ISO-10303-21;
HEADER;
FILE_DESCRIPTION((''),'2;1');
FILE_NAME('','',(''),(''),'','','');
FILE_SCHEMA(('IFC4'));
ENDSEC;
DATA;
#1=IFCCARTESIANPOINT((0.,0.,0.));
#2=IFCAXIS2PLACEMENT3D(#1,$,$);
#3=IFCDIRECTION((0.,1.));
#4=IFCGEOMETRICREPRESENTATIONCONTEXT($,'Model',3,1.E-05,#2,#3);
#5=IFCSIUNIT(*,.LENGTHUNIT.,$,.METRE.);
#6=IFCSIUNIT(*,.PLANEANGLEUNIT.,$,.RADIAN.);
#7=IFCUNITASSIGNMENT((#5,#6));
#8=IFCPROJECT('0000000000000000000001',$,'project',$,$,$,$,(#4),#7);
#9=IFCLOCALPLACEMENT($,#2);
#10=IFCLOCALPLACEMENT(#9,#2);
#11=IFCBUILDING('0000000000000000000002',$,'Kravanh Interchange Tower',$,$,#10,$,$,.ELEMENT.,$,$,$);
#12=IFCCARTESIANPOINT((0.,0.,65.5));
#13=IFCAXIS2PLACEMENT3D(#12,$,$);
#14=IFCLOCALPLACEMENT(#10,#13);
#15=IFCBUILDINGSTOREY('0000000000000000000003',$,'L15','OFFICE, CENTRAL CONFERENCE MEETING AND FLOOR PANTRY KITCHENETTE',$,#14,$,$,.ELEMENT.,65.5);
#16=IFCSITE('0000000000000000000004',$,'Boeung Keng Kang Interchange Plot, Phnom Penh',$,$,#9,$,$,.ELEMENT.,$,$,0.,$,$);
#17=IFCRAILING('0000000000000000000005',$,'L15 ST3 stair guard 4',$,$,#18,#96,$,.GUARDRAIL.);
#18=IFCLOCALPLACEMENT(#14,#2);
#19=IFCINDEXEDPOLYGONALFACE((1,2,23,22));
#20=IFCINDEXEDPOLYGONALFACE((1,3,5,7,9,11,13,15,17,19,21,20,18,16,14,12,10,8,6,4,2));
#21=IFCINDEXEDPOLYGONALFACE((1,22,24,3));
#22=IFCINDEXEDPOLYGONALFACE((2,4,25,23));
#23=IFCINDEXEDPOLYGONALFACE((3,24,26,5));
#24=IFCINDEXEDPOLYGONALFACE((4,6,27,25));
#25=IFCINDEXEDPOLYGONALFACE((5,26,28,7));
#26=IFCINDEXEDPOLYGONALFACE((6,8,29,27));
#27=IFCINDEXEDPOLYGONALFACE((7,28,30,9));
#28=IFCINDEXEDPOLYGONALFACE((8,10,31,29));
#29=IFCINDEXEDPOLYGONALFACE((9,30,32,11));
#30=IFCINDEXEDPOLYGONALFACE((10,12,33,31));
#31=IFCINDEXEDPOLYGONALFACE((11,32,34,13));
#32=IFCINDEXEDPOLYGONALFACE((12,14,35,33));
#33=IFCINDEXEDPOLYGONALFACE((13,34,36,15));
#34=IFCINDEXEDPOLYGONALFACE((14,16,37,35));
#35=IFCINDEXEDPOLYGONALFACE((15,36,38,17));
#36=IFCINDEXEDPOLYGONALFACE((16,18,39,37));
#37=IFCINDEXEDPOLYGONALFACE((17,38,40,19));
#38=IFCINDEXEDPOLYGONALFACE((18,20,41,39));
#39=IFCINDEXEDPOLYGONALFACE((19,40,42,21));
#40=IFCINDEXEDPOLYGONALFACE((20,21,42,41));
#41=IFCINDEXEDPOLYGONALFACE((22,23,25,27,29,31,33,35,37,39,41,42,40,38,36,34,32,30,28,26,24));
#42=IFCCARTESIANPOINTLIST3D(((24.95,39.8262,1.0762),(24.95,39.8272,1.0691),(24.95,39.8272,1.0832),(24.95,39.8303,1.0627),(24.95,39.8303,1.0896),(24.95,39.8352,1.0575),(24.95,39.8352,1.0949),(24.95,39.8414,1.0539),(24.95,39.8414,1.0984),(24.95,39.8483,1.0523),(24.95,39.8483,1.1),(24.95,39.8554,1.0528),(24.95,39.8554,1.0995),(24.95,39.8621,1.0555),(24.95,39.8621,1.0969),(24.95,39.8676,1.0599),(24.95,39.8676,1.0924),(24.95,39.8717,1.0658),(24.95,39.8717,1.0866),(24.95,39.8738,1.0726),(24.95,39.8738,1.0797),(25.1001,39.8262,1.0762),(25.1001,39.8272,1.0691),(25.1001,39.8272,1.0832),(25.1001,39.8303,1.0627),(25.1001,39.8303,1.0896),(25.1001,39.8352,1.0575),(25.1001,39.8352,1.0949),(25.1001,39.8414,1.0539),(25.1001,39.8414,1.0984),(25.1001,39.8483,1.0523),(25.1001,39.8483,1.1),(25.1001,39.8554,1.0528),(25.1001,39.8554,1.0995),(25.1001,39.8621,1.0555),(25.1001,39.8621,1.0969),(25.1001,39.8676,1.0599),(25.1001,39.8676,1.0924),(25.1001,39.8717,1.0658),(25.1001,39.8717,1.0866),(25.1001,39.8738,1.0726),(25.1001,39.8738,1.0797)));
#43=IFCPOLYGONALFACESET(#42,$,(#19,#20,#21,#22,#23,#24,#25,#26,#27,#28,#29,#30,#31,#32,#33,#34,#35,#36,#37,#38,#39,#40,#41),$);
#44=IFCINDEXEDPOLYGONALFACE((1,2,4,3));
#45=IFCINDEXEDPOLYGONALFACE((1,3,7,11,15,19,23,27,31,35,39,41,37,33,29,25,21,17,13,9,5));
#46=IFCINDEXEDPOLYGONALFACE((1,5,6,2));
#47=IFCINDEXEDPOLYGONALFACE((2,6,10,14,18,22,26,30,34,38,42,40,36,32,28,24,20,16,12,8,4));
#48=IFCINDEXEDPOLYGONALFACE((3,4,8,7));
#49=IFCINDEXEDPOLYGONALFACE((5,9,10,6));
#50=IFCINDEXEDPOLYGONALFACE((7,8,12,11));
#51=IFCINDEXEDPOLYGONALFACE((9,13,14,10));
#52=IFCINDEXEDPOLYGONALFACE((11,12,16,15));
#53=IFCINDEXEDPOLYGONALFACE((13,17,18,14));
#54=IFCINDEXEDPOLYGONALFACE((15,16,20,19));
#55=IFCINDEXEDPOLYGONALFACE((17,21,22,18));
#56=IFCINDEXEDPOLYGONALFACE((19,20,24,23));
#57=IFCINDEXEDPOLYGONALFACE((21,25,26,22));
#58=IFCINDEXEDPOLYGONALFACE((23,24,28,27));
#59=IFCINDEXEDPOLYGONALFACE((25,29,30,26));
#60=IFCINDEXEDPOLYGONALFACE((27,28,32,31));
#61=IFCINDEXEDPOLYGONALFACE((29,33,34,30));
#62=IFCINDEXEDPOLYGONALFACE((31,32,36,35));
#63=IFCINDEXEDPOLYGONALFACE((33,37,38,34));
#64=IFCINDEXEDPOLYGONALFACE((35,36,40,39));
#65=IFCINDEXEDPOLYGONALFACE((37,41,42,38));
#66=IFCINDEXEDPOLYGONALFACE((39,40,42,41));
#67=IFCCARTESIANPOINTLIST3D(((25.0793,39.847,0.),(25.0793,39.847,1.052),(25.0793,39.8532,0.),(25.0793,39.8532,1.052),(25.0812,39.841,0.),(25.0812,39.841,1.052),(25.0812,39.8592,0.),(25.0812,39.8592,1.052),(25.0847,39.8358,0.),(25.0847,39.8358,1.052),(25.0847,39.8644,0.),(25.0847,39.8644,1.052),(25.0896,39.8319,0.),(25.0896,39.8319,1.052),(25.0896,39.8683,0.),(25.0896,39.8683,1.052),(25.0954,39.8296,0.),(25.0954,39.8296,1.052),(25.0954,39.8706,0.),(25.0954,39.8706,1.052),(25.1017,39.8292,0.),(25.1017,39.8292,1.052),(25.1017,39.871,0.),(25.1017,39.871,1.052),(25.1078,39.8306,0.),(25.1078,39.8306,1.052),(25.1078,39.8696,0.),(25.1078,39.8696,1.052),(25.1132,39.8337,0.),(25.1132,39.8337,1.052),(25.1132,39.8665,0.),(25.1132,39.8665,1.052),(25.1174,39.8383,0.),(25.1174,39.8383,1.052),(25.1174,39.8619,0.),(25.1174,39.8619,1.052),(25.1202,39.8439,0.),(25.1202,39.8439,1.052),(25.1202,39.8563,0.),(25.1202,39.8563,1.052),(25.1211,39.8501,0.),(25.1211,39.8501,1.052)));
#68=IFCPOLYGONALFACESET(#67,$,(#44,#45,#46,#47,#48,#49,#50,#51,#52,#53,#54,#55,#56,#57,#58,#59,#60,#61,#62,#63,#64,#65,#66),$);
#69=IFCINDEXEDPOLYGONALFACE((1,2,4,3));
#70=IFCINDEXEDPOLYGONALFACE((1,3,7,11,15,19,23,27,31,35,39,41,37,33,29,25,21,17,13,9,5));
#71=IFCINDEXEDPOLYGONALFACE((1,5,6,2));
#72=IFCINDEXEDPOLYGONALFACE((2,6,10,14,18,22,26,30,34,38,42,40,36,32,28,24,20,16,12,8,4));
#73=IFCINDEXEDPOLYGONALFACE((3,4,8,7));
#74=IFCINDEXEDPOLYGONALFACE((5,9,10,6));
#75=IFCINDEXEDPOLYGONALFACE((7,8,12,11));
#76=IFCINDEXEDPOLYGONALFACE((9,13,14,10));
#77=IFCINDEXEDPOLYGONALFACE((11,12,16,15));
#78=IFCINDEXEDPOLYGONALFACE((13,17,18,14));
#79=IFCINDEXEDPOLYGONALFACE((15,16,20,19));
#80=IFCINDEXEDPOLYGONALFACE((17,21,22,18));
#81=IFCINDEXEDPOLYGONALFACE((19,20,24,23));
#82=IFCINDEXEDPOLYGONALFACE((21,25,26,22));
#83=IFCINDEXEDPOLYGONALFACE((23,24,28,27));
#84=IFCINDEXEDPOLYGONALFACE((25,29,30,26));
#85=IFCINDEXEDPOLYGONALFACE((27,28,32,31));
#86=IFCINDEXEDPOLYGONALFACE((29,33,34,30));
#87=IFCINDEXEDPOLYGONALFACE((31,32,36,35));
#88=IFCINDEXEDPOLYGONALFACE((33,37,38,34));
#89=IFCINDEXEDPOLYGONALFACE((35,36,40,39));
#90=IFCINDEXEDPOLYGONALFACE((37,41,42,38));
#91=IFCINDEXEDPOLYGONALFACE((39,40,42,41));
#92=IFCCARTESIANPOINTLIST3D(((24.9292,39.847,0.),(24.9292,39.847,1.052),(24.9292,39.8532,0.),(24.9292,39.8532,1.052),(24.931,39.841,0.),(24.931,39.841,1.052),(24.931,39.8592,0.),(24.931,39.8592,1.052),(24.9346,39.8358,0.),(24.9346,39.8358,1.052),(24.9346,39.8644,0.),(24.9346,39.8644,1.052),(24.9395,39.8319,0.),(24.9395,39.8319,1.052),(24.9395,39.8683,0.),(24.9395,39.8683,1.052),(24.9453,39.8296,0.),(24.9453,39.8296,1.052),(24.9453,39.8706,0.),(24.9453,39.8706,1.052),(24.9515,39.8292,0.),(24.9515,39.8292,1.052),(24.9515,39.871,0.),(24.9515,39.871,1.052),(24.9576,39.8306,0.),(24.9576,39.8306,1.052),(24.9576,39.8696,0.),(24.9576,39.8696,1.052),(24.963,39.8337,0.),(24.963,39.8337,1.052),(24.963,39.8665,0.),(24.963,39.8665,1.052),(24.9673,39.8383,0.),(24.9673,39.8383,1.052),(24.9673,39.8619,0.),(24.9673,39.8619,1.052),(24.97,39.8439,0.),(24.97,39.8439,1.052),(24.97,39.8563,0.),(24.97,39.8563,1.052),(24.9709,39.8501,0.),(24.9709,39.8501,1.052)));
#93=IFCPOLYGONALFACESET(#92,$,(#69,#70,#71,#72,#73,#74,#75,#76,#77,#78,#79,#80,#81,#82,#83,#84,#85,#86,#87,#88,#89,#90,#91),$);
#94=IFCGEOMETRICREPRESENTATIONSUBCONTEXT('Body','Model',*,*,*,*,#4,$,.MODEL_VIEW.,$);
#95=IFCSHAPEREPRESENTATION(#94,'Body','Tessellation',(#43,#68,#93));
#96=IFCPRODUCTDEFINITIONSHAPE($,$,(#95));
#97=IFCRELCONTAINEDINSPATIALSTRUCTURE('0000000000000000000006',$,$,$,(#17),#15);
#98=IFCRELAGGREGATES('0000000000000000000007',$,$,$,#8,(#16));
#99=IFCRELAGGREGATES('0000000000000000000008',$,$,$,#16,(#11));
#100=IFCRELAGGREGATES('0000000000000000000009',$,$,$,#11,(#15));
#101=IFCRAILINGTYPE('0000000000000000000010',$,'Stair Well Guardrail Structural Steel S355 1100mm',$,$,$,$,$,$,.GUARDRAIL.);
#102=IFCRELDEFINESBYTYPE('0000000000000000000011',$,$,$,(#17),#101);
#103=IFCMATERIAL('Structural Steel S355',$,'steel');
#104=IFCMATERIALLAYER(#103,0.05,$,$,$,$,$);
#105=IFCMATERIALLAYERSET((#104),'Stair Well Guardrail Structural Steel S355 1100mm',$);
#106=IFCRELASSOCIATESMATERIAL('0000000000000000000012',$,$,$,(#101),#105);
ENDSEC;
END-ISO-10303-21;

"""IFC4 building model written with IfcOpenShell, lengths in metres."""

from ifc_helpers import new_model, si_unit, direction, frame, origin, origin_2d, place, context, subcontext, project, spatial, circle, extrude, material, layer, layer_set, type_object, element, save


model = new_model("IFC4")

# Units and contexts
model_context = context("Model", 3, precision=1e-05, world=origin(), true_north=direction((0.0, 1.0)))
body_context = subcontext(model_context, "Body", "Model", "MODEL_VIEW")
ifc_project = project(units=[si_unit("LENGTHUNIT", "METRE"), si_unit("PLANEANGLEUNIT", "RADIAN")], contexts=[model_context])

# Site, building, storey
site_placement = place(None, origin())
site = spatial("IfcSite", under=ifc_project, at=site_placement, Name="Boeung Keng Kang Interchange Plot, Phnom Penh", CompositionType="ELEMENT", RefElevation=0.0)
building_placement = place(site_placement, origin())
building = spatial("IfcBuilding", under=site, at=building_placement, Name="Kravanh Interchange Tower", CompositionType="ELEMENT")
storey_placement = place(building_placement, frame((0.0, 0.0, 65.5)))
storey = spatial("IfcBuildingStorey", under=building, at=storey_placement, Name="L15", Description="OFFICE, CENTRAL CONFERENCE MEETING AND FLOOR PANTRY KITCHENETTE", CompositionType="ELEMENT", Elevation=65.5)

# Railing
ifc_material_1 = material(Name="Structural Steel S355", Category="steel")
ifc_layer_1 = layer(ifc_material_1, 0.05)
ifc_layer_set_1 = layer_set([ifc_layer_1], Name="Stair Well Guardrail Structural Steel S355 1100mm")
railing_type_1 = type_object("IfcRailingType", Name="Stair Well Guardrail Structural Steel S355 1100mm", PredefinedType="GUARDRAIL", material=ifc_layer_set_1)
railing_1_placement = place(storey_placement, frame((25.1001, 39.8501, 0.0)))
element("IfcRailing", 1, at=railing_1_placement, inside=storey, type_object=railing_type_1, Name="L15 ST3 stair guard 4", PredefinedType="GUARDRAIL", context=body_context, shape_type="SweptSolid", body=[
    extrude(circle(Radius=0.0239, at=origin_2d()), frame((0.0, 0.0, 1.0762), z_axis=(-1.0, 0.0, 0.0), x_axis=(0.0, -1.0, 0.0)), (0.0, 0.0, 1.0), 0.1501),
    extrude(circle(Radius=0.021, at=origin_2d()), origin(), (0.0, 0.0, 1.0), 1.052),
    extrude(circle(Radius=0.021, at=origin_2d()), frame((-0.1501, 0.0, 0.0)), (0.0, 0.0, 1.0), 1.052),
])

save(model, "model.ifc")
